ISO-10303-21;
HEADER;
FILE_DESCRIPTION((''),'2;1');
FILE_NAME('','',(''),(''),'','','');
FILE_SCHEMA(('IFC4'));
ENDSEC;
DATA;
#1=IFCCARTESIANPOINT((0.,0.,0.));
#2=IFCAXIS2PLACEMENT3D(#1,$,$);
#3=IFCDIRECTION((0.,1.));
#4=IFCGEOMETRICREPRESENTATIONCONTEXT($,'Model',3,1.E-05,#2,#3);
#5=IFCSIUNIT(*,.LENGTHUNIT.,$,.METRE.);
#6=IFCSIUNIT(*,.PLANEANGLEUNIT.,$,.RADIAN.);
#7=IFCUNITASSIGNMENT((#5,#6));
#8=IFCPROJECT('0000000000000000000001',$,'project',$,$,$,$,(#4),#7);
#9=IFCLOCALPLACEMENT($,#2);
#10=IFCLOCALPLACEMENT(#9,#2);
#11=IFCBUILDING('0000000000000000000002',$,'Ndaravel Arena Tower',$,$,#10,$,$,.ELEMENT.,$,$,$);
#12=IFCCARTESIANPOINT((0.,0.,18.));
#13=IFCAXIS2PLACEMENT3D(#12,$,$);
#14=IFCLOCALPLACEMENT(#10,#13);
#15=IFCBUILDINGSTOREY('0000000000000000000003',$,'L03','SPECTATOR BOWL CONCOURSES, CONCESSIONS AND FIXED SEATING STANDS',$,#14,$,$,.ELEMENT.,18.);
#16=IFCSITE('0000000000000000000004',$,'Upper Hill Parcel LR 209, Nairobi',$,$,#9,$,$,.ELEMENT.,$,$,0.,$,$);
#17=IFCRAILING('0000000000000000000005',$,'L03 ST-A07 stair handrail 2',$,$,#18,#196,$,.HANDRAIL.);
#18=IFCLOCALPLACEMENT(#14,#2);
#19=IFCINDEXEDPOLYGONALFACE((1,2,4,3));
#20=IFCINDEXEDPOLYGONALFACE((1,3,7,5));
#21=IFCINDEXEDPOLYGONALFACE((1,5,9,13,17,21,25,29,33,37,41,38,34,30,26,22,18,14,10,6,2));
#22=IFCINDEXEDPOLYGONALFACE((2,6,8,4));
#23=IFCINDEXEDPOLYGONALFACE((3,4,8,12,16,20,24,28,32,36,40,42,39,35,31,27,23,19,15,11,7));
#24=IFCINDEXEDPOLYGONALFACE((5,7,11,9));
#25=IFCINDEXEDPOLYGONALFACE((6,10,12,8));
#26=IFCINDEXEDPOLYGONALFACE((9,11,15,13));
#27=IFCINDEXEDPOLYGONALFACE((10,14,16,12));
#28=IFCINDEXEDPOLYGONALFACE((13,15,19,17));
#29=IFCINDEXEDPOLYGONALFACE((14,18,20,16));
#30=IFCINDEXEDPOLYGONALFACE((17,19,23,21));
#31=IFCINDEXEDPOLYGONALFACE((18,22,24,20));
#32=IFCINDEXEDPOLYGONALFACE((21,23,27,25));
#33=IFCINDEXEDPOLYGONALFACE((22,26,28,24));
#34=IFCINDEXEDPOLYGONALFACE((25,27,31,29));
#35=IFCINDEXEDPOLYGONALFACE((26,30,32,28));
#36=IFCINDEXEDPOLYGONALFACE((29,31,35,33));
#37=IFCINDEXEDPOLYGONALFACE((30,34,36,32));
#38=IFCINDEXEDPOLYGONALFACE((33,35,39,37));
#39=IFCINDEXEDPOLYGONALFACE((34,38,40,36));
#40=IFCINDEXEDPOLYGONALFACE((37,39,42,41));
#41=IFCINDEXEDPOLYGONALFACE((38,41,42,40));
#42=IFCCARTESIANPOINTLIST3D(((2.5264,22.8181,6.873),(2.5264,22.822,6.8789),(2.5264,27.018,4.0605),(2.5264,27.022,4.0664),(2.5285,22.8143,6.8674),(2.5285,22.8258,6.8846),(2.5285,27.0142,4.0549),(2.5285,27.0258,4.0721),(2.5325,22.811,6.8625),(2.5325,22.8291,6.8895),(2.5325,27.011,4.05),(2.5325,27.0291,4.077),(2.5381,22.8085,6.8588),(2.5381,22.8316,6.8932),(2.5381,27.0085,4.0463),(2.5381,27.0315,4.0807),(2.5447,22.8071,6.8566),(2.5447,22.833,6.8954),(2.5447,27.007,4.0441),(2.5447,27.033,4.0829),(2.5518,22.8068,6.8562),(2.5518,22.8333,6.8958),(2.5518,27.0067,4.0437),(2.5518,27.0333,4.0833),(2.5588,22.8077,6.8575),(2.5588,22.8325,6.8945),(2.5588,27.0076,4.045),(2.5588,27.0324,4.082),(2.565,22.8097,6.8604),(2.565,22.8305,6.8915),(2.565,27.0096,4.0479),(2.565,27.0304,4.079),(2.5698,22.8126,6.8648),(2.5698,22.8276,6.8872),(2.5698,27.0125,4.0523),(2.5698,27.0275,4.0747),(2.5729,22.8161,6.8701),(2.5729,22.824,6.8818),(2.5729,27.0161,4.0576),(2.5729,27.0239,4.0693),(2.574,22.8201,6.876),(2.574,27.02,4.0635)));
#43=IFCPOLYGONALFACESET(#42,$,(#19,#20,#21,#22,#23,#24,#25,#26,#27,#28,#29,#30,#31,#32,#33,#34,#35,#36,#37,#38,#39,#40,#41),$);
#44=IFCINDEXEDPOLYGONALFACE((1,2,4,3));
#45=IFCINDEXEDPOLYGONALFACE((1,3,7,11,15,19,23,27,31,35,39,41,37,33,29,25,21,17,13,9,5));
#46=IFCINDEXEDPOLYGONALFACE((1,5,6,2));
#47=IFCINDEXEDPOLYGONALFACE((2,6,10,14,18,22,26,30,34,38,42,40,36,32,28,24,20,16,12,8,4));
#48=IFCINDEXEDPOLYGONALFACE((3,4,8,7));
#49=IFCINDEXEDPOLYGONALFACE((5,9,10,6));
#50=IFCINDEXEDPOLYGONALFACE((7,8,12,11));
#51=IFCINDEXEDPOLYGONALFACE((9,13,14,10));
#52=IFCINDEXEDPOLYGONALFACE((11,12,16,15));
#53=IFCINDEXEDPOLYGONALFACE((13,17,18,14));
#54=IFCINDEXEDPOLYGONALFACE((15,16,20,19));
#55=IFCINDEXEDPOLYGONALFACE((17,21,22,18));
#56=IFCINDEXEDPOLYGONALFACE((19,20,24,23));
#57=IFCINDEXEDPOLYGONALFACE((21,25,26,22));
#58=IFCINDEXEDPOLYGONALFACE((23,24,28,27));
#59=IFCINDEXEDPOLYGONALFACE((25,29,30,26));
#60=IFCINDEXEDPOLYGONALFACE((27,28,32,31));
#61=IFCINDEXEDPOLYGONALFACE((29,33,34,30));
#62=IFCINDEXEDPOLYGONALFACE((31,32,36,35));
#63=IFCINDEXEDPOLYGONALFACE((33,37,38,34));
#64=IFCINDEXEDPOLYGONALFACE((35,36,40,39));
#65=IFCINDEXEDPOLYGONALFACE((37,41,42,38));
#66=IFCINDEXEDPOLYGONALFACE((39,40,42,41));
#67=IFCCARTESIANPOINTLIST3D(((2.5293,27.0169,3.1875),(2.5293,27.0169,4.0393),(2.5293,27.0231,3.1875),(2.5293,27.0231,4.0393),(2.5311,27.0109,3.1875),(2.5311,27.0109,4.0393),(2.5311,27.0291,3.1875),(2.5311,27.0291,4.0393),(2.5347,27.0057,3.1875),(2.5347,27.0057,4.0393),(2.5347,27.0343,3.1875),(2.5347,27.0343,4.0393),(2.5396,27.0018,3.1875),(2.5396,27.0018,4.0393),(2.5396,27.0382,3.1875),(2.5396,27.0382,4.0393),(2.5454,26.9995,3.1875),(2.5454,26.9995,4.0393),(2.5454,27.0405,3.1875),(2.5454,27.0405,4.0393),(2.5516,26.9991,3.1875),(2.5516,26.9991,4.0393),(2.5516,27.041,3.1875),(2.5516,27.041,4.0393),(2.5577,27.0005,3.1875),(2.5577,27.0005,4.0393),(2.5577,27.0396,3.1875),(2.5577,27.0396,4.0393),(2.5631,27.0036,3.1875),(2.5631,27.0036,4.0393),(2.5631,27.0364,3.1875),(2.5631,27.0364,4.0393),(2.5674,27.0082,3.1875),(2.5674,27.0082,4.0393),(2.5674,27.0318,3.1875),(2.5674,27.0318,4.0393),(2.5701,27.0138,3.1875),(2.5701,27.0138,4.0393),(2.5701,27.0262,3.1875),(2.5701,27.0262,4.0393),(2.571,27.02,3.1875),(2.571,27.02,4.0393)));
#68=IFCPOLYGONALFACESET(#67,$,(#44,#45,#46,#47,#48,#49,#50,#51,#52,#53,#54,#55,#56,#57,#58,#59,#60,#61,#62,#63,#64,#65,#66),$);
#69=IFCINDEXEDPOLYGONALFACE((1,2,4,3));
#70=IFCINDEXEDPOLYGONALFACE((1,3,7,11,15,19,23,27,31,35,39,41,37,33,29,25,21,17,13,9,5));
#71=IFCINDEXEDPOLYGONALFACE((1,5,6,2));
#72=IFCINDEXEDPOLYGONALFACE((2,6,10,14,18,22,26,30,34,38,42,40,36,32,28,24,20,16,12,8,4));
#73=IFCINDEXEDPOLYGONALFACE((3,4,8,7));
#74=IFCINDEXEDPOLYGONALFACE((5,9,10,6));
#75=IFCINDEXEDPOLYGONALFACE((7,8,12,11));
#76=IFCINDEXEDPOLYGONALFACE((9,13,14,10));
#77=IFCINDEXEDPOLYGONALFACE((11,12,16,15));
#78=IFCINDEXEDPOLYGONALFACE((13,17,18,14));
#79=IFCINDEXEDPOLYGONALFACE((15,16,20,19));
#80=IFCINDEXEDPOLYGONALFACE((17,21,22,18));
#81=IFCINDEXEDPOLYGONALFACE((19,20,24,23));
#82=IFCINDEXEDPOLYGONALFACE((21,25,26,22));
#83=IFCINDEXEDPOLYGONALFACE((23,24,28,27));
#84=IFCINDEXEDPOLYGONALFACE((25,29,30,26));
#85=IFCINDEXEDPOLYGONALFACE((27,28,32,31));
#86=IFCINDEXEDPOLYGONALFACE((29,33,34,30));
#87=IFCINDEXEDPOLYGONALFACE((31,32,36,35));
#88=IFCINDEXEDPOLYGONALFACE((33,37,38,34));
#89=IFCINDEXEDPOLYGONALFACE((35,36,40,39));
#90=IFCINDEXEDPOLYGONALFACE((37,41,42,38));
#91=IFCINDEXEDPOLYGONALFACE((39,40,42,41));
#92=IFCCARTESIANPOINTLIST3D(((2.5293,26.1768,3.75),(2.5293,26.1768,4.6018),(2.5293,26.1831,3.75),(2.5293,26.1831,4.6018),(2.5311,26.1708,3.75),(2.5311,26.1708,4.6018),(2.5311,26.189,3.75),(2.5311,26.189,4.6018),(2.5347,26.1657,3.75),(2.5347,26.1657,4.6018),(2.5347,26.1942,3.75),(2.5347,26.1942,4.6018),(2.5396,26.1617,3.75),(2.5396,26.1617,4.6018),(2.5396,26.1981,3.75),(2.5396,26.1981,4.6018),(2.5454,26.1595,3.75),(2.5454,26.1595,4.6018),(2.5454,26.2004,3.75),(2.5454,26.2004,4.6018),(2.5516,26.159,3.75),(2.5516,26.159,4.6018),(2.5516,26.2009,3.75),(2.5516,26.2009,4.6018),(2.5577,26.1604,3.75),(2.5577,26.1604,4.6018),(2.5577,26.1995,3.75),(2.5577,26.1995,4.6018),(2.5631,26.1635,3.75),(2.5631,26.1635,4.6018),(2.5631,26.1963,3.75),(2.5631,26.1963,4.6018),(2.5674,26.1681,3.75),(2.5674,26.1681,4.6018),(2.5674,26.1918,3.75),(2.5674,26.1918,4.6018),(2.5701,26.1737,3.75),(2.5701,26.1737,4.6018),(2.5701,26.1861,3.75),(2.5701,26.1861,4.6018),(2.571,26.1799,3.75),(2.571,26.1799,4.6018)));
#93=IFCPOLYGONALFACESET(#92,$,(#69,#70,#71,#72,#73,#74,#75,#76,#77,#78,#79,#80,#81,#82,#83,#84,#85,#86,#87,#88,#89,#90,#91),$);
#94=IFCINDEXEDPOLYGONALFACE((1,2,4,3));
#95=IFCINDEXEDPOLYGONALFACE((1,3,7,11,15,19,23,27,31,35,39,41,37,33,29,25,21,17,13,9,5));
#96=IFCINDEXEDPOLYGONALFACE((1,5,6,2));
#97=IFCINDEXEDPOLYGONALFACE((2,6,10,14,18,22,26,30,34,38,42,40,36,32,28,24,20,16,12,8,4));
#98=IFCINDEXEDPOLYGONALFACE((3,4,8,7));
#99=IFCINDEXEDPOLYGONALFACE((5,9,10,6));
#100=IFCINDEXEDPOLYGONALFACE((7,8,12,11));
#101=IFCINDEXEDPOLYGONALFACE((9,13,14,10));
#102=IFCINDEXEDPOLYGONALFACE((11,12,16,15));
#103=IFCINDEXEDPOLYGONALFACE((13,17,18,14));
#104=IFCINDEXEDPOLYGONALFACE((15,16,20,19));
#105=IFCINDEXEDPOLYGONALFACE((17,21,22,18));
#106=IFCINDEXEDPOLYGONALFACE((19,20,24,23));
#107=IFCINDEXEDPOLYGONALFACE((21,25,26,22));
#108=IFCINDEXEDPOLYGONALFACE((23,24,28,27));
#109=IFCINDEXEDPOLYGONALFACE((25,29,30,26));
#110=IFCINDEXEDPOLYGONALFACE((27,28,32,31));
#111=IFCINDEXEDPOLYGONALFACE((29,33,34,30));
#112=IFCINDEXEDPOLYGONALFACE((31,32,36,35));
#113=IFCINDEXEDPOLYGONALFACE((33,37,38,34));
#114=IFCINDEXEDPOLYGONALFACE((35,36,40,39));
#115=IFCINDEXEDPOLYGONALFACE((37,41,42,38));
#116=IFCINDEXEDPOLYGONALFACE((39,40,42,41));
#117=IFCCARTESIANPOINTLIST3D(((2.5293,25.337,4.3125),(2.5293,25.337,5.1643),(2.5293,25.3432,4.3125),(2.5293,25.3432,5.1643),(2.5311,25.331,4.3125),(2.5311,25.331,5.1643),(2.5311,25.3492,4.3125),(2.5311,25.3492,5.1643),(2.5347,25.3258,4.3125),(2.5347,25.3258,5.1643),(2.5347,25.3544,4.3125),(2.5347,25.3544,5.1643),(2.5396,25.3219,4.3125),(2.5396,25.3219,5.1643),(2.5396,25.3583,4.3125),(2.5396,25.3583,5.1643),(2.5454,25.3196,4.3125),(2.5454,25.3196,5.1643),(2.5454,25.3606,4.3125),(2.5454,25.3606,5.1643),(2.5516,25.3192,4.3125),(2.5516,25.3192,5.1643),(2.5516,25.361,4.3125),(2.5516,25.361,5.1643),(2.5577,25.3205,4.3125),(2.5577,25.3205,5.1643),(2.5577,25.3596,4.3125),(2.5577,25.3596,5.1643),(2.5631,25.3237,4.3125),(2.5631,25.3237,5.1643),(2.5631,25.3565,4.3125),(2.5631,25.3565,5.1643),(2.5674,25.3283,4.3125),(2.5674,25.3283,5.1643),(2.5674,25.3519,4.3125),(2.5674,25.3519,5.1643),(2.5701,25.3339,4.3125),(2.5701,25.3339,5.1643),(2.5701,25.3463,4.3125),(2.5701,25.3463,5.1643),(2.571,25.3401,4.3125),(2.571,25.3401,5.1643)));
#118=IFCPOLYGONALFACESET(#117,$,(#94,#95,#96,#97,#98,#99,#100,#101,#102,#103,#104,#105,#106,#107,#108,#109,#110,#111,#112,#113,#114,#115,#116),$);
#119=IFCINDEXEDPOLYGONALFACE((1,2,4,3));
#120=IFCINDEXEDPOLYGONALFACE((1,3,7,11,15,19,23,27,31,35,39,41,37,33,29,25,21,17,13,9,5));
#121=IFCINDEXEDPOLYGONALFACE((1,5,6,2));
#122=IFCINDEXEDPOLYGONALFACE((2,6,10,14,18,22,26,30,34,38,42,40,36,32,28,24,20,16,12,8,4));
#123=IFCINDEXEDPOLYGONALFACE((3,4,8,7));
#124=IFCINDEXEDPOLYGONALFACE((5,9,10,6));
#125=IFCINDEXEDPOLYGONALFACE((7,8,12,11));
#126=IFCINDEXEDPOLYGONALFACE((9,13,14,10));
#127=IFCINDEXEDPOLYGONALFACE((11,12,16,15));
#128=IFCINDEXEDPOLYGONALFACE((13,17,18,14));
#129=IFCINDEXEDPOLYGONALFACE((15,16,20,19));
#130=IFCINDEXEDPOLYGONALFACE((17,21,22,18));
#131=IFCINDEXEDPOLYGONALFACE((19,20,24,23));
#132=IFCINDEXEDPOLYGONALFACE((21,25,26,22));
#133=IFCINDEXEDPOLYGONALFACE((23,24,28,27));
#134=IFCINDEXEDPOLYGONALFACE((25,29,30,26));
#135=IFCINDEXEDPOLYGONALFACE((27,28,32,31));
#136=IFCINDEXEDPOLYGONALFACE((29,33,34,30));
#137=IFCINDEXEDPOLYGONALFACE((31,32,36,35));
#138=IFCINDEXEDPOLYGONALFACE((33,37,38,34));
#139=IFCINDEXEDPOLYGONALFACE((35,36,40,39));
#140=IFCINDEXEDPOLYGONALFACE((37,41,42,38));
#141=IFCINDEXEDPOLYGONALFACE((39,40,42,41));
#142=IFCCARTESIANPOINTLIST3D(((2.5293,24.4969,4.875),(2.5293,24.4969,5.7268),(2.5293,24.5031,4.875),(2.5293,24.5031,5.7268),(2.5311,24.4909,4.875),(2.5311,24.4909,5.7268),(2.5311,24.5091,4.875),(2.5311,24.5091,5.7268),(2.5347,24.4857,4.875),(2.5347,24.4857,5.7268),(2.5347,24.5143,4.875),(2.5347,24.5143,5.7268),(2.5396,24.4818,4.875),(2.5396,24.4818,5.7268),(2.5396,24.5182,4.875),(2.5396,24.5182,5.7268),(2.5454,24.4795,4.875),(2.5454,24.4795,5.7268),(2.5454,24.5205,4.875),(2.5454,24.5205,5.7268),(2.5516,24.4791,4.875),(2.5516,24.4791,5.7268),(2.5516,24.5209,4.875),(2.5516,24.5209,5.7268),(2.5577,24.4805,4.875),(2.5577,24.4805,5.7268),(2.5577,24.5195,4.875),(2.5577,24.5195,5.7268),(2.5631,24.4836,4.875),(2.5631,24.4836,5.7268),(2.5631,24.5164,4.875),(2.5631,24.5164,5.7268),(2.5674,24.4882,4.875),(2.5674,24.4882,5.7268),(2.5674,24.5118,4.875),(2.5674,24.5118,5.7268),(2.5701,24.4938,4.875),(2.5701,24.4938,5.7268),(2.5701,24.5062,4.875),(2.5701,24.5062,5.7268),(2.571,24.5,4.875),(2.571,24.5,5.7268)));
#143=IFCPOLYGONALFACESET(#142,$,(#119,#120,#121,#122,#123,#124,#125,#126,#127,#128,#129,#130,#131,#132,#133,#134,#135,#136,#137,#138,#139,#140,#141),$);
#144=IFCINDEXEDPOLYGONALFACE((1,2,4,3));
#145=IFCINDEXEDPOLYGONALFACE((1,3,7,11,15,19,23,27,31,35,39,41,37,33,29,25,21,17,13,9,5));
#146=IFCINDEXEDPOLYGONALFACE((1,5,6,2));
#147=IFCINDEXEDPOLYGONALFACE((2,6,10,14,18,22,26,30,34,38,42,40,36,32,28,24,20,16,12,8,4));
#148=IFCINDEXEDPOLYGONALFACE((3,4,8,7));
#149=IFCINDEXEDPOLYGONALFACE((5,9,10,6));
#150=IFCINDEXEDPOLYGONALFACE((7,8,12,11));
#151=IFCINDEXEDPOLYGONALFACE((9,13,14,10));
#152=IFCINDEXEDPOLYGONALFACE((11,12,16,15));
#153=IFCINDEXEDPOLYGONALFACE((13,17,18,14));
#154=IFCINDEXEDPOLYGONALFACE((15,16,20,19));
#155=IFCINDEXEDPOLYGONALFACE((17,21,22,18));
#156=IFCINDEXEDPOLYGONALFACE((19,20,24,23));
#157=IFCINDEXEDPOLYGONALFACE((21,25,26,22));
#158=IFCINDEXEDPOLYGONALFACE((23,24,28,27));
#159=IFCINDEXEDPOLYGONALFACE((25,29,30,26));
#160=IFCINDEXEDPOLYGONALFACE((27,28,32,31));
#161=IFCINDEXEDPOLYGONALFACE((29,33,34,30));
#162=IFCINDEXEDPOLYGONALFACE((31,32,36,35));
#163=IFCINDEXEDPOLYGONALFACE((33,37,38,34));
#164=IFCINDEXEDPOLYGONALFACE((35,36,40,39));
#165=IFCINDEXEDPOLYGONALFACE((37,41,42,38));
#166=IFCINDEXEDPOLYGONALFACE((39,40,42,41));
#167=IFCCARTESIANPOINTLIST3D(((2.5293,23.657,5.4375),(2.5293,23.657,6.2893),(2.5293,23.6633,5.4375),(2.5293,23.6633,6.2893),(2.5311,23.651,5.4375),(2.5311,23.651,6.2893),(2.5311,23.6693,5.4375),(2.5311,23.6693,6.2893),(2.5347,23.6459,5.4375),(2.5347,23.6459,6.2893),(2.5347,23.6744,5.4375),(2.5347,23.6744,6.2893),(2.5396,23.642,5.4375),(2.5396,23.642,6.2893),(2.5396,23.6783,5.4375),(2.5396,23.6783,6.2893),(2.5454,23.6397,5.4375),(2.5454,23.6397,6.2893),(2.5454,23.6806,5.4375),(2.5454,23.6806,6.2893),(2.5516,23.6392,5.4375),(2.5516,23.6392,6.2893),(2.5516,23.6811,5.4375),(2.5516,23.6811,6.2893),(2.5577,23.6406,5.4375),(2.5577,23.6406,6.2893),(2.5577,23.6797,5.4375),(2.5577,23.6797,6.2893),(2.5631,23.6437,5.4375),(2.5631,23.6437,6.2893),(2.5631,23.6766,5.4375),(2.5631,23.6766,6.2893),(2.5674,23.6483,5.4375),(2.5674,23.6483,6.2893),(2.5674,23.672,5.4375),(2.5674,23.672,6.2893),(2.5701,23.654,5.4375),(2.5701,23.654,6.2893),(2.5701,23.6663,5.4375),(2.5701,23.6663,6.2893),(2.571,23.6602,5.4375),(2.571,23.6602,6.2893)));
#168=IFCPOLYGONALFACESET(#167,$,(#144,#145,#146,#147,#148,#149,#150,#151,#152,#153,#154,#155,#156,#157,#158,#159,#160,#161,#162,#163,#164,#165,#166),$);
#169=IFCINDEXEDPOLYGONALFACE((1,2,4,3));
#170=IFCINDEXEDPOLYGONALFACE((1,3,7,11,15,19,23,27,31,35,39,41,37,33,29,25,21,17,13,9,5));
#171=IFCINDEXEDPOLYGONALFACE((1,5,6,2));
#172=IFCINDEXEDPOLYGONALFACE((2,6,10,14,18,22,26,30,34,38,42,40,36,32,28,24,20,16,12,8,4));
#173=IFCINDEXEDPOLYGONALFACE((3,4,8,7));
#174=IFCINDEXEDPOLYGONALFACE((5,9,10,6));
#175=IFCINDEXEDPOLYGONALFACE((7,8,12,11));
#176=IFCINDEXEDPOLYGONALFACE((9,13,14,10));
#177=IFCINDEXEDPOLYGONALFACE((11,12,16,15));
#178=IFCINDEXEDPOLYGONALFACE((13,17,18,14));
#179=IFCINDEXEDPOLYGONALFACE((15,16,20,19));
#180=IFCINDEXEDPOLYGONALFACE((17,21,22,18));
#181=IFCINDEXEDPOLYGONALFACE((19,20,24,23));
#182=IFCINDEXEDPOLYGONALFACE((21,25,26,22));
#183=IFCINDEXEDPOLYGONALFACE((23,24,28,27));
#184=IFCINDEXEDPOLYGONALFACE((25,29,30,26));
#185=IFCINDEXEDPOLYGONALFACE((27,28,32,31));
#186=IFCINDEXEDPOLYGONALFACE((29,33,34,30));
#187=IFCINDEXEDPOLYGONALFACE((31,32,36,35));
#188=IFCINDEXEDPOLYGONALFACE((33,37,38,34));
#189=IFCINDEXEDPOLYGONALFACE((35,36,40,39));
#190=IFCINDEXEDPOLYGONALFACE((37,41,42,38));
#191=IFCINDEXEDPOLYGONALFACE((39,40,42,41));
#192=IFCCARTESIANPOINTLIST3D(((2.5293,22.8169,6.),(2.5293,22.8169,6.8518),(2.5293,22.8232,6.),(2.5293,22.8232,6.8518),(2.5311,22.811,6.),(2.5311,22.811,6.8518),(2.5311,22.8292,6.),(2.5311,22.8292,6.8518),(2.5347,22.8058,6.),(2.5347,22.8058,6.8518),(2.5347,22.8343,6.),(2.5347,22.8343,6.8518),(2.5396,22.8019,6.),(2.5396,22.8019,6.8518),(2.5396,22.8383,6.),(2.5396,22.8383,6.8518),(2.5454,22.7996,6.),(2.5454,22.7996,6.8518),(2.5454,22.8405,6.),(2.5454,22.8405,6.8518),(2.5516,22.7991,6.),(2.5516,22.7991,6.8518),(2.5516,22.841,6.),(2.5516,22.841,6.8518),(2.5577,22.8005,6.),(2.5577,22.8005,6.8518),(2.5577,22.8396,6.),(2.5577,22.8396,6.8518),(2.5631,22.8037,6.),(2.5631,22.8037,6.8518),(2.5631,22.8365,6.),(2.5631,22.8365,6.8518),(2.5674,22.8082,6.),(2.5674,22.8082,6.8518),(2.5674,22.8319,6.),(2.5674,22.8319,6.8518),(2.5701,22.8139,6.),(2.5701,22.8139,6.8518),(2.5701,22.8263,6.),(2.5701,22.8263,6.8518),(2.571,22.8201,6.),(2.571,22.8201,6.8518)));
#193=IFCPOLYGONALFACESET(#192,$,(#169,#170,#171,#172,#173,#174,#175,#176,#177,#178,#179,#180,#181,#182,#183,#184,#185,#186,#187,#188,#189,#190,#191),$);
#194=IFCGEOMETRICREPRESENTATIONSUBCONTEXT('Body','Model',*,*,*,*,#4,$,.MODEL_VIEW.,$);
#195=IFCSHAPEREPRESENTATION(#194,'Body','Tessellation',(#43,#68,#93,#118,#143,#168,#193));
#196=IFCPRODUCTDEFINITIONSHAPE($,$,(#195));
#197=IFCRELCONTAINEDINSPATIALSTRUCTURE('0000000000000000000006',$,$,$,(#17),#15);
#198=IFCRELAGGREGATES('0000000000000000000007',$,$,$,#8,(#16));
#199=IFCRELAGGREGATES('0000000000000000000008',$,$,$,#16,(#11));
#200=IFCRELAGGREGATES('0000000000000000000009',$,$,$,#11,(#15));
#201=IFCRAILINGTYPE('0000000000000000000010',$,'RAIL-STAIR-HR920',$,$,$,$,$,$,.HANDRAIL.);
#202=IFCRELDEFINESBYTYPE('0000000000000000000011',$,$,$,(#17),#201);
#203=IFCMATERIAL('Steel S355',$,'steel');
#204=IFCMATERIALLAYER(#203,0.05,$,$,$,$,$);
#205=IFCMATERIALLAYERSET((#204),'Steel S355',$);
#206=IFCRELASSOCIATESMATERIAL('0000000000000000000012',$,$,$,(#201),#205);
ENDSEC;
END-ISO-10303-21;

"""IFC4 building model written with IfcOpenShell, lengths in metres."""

from ifc_helpers import new_model, si_unit, direction, frame, origin, origin_2d, place, context, subcontext, project, spatial, circle, extrude, material, layer, layer_set, type_object, element, save


model = new_model("IFC4")

# Units and contexts
model_context = context("Model", 3, precision=1e-05, world=origin(), true_north=direction((0.0, 1.0)))
body_context = subcontext(model_context, "Body", "Model", "MODEL_VIEW")
ifc_project = project(units=[si_unit("LENGTHUNIT", "METRE"), si_unit("PLANEANGLEUNIT", "RADIAN")], contexts=[model_context])

# Site, building, storey
site_placement = place(None, origin())
site = spatial("IfcSite", under=ifc_project, at=site_placement, Name="Upper Hill Parcel LR 209, Nairobi", CompositionType="ELEMENT", RefElevation=0.0)
building_placement = place(site_placement, origin())
building = spatial("IfcBuilding", under=site, at=building_placement, Name="Ndaravel Arena Tower", CompositionType="ELEMENT")
storey_placement = place(building_placement, frame((0.0, 0.0, 18.0)))
storey = spatial("IfcBuildingStorey", under=building, at=storey_placement, Name="L03", Description="SPECTATOR BOWL CONCOURSES, CONCESSIONS AND FIXED SEATING STANDS", CompositionType="ELEMENT", Elevation=18.0)

# Railing
ifc_material_1 = material(Name="Steel S355", Category="steel")
ifc_layer_1 = layer(ifc_material_1, 0.05)
ifc_layer_set_1 = layer_set([ifc_layer_1], Name="Steel S355")
railing_type_1 = type_object("IfcRailingType", Name="RAIL-STAIR-HR920", PredefinedType="HANDRAIL", material=ifc_layer_set_1)
railing_1_placement = place(storey_placement, frame((2.55, 27.02, 3.1875)))
element("IfcRailing", 1, at=railing_1_placement, inside=storey, type_object=railing_type_1, Name="L03 ST-A07 stair handrail 2", PredefinedType="HANDRAIL", context=body_context, shape_type="SweptSolid", body=[
    extrude(circle(Radius=0.0239, at=origin_2d()), frame((0.0, 0.0, 0.876), z_axis=(0.0, -0.830904, 0.556416), x_axis=(1.0, 0.0, 0.0)), (0.0, 0.0, 1.0), 5.0547),
    extrude(circle(Radius=0.021, at=origin_2d()), origin(), (0.0, 0.0, 1.0), 0.8518),
    extrude(circle(Radius=0.021, at=origin_2d()), frame((0.0, -0.8401, 0.5625)), (0.0, 0.0, 1.0), 0.8518),
    extrude(circle(Radius=0.021, at=origin_2d()), frame((0.0, -1.6799, 1.125)), (0.0, 0.0, 1.0), 0.8518),
    extrude(circle(Radius=0.021, at=origin_2d()), frame((0.0, -2.52, 1.6875)), (0.0, 0.0, 1.0), 0.8518),
    extrude(circle(Radius=0.021, at=origin_2d()), frame((0.0, -3.3599, 2.25)), (0.0, 0.0, 1.0), 0.8518),
    extrude(circle(Radius=0.021, at=origin_2d()), frame((0.0, -4.2, 2.8125)), (0.0, 0.0, 1.0), 0.8518),
])

save(model, "model.ifc")
